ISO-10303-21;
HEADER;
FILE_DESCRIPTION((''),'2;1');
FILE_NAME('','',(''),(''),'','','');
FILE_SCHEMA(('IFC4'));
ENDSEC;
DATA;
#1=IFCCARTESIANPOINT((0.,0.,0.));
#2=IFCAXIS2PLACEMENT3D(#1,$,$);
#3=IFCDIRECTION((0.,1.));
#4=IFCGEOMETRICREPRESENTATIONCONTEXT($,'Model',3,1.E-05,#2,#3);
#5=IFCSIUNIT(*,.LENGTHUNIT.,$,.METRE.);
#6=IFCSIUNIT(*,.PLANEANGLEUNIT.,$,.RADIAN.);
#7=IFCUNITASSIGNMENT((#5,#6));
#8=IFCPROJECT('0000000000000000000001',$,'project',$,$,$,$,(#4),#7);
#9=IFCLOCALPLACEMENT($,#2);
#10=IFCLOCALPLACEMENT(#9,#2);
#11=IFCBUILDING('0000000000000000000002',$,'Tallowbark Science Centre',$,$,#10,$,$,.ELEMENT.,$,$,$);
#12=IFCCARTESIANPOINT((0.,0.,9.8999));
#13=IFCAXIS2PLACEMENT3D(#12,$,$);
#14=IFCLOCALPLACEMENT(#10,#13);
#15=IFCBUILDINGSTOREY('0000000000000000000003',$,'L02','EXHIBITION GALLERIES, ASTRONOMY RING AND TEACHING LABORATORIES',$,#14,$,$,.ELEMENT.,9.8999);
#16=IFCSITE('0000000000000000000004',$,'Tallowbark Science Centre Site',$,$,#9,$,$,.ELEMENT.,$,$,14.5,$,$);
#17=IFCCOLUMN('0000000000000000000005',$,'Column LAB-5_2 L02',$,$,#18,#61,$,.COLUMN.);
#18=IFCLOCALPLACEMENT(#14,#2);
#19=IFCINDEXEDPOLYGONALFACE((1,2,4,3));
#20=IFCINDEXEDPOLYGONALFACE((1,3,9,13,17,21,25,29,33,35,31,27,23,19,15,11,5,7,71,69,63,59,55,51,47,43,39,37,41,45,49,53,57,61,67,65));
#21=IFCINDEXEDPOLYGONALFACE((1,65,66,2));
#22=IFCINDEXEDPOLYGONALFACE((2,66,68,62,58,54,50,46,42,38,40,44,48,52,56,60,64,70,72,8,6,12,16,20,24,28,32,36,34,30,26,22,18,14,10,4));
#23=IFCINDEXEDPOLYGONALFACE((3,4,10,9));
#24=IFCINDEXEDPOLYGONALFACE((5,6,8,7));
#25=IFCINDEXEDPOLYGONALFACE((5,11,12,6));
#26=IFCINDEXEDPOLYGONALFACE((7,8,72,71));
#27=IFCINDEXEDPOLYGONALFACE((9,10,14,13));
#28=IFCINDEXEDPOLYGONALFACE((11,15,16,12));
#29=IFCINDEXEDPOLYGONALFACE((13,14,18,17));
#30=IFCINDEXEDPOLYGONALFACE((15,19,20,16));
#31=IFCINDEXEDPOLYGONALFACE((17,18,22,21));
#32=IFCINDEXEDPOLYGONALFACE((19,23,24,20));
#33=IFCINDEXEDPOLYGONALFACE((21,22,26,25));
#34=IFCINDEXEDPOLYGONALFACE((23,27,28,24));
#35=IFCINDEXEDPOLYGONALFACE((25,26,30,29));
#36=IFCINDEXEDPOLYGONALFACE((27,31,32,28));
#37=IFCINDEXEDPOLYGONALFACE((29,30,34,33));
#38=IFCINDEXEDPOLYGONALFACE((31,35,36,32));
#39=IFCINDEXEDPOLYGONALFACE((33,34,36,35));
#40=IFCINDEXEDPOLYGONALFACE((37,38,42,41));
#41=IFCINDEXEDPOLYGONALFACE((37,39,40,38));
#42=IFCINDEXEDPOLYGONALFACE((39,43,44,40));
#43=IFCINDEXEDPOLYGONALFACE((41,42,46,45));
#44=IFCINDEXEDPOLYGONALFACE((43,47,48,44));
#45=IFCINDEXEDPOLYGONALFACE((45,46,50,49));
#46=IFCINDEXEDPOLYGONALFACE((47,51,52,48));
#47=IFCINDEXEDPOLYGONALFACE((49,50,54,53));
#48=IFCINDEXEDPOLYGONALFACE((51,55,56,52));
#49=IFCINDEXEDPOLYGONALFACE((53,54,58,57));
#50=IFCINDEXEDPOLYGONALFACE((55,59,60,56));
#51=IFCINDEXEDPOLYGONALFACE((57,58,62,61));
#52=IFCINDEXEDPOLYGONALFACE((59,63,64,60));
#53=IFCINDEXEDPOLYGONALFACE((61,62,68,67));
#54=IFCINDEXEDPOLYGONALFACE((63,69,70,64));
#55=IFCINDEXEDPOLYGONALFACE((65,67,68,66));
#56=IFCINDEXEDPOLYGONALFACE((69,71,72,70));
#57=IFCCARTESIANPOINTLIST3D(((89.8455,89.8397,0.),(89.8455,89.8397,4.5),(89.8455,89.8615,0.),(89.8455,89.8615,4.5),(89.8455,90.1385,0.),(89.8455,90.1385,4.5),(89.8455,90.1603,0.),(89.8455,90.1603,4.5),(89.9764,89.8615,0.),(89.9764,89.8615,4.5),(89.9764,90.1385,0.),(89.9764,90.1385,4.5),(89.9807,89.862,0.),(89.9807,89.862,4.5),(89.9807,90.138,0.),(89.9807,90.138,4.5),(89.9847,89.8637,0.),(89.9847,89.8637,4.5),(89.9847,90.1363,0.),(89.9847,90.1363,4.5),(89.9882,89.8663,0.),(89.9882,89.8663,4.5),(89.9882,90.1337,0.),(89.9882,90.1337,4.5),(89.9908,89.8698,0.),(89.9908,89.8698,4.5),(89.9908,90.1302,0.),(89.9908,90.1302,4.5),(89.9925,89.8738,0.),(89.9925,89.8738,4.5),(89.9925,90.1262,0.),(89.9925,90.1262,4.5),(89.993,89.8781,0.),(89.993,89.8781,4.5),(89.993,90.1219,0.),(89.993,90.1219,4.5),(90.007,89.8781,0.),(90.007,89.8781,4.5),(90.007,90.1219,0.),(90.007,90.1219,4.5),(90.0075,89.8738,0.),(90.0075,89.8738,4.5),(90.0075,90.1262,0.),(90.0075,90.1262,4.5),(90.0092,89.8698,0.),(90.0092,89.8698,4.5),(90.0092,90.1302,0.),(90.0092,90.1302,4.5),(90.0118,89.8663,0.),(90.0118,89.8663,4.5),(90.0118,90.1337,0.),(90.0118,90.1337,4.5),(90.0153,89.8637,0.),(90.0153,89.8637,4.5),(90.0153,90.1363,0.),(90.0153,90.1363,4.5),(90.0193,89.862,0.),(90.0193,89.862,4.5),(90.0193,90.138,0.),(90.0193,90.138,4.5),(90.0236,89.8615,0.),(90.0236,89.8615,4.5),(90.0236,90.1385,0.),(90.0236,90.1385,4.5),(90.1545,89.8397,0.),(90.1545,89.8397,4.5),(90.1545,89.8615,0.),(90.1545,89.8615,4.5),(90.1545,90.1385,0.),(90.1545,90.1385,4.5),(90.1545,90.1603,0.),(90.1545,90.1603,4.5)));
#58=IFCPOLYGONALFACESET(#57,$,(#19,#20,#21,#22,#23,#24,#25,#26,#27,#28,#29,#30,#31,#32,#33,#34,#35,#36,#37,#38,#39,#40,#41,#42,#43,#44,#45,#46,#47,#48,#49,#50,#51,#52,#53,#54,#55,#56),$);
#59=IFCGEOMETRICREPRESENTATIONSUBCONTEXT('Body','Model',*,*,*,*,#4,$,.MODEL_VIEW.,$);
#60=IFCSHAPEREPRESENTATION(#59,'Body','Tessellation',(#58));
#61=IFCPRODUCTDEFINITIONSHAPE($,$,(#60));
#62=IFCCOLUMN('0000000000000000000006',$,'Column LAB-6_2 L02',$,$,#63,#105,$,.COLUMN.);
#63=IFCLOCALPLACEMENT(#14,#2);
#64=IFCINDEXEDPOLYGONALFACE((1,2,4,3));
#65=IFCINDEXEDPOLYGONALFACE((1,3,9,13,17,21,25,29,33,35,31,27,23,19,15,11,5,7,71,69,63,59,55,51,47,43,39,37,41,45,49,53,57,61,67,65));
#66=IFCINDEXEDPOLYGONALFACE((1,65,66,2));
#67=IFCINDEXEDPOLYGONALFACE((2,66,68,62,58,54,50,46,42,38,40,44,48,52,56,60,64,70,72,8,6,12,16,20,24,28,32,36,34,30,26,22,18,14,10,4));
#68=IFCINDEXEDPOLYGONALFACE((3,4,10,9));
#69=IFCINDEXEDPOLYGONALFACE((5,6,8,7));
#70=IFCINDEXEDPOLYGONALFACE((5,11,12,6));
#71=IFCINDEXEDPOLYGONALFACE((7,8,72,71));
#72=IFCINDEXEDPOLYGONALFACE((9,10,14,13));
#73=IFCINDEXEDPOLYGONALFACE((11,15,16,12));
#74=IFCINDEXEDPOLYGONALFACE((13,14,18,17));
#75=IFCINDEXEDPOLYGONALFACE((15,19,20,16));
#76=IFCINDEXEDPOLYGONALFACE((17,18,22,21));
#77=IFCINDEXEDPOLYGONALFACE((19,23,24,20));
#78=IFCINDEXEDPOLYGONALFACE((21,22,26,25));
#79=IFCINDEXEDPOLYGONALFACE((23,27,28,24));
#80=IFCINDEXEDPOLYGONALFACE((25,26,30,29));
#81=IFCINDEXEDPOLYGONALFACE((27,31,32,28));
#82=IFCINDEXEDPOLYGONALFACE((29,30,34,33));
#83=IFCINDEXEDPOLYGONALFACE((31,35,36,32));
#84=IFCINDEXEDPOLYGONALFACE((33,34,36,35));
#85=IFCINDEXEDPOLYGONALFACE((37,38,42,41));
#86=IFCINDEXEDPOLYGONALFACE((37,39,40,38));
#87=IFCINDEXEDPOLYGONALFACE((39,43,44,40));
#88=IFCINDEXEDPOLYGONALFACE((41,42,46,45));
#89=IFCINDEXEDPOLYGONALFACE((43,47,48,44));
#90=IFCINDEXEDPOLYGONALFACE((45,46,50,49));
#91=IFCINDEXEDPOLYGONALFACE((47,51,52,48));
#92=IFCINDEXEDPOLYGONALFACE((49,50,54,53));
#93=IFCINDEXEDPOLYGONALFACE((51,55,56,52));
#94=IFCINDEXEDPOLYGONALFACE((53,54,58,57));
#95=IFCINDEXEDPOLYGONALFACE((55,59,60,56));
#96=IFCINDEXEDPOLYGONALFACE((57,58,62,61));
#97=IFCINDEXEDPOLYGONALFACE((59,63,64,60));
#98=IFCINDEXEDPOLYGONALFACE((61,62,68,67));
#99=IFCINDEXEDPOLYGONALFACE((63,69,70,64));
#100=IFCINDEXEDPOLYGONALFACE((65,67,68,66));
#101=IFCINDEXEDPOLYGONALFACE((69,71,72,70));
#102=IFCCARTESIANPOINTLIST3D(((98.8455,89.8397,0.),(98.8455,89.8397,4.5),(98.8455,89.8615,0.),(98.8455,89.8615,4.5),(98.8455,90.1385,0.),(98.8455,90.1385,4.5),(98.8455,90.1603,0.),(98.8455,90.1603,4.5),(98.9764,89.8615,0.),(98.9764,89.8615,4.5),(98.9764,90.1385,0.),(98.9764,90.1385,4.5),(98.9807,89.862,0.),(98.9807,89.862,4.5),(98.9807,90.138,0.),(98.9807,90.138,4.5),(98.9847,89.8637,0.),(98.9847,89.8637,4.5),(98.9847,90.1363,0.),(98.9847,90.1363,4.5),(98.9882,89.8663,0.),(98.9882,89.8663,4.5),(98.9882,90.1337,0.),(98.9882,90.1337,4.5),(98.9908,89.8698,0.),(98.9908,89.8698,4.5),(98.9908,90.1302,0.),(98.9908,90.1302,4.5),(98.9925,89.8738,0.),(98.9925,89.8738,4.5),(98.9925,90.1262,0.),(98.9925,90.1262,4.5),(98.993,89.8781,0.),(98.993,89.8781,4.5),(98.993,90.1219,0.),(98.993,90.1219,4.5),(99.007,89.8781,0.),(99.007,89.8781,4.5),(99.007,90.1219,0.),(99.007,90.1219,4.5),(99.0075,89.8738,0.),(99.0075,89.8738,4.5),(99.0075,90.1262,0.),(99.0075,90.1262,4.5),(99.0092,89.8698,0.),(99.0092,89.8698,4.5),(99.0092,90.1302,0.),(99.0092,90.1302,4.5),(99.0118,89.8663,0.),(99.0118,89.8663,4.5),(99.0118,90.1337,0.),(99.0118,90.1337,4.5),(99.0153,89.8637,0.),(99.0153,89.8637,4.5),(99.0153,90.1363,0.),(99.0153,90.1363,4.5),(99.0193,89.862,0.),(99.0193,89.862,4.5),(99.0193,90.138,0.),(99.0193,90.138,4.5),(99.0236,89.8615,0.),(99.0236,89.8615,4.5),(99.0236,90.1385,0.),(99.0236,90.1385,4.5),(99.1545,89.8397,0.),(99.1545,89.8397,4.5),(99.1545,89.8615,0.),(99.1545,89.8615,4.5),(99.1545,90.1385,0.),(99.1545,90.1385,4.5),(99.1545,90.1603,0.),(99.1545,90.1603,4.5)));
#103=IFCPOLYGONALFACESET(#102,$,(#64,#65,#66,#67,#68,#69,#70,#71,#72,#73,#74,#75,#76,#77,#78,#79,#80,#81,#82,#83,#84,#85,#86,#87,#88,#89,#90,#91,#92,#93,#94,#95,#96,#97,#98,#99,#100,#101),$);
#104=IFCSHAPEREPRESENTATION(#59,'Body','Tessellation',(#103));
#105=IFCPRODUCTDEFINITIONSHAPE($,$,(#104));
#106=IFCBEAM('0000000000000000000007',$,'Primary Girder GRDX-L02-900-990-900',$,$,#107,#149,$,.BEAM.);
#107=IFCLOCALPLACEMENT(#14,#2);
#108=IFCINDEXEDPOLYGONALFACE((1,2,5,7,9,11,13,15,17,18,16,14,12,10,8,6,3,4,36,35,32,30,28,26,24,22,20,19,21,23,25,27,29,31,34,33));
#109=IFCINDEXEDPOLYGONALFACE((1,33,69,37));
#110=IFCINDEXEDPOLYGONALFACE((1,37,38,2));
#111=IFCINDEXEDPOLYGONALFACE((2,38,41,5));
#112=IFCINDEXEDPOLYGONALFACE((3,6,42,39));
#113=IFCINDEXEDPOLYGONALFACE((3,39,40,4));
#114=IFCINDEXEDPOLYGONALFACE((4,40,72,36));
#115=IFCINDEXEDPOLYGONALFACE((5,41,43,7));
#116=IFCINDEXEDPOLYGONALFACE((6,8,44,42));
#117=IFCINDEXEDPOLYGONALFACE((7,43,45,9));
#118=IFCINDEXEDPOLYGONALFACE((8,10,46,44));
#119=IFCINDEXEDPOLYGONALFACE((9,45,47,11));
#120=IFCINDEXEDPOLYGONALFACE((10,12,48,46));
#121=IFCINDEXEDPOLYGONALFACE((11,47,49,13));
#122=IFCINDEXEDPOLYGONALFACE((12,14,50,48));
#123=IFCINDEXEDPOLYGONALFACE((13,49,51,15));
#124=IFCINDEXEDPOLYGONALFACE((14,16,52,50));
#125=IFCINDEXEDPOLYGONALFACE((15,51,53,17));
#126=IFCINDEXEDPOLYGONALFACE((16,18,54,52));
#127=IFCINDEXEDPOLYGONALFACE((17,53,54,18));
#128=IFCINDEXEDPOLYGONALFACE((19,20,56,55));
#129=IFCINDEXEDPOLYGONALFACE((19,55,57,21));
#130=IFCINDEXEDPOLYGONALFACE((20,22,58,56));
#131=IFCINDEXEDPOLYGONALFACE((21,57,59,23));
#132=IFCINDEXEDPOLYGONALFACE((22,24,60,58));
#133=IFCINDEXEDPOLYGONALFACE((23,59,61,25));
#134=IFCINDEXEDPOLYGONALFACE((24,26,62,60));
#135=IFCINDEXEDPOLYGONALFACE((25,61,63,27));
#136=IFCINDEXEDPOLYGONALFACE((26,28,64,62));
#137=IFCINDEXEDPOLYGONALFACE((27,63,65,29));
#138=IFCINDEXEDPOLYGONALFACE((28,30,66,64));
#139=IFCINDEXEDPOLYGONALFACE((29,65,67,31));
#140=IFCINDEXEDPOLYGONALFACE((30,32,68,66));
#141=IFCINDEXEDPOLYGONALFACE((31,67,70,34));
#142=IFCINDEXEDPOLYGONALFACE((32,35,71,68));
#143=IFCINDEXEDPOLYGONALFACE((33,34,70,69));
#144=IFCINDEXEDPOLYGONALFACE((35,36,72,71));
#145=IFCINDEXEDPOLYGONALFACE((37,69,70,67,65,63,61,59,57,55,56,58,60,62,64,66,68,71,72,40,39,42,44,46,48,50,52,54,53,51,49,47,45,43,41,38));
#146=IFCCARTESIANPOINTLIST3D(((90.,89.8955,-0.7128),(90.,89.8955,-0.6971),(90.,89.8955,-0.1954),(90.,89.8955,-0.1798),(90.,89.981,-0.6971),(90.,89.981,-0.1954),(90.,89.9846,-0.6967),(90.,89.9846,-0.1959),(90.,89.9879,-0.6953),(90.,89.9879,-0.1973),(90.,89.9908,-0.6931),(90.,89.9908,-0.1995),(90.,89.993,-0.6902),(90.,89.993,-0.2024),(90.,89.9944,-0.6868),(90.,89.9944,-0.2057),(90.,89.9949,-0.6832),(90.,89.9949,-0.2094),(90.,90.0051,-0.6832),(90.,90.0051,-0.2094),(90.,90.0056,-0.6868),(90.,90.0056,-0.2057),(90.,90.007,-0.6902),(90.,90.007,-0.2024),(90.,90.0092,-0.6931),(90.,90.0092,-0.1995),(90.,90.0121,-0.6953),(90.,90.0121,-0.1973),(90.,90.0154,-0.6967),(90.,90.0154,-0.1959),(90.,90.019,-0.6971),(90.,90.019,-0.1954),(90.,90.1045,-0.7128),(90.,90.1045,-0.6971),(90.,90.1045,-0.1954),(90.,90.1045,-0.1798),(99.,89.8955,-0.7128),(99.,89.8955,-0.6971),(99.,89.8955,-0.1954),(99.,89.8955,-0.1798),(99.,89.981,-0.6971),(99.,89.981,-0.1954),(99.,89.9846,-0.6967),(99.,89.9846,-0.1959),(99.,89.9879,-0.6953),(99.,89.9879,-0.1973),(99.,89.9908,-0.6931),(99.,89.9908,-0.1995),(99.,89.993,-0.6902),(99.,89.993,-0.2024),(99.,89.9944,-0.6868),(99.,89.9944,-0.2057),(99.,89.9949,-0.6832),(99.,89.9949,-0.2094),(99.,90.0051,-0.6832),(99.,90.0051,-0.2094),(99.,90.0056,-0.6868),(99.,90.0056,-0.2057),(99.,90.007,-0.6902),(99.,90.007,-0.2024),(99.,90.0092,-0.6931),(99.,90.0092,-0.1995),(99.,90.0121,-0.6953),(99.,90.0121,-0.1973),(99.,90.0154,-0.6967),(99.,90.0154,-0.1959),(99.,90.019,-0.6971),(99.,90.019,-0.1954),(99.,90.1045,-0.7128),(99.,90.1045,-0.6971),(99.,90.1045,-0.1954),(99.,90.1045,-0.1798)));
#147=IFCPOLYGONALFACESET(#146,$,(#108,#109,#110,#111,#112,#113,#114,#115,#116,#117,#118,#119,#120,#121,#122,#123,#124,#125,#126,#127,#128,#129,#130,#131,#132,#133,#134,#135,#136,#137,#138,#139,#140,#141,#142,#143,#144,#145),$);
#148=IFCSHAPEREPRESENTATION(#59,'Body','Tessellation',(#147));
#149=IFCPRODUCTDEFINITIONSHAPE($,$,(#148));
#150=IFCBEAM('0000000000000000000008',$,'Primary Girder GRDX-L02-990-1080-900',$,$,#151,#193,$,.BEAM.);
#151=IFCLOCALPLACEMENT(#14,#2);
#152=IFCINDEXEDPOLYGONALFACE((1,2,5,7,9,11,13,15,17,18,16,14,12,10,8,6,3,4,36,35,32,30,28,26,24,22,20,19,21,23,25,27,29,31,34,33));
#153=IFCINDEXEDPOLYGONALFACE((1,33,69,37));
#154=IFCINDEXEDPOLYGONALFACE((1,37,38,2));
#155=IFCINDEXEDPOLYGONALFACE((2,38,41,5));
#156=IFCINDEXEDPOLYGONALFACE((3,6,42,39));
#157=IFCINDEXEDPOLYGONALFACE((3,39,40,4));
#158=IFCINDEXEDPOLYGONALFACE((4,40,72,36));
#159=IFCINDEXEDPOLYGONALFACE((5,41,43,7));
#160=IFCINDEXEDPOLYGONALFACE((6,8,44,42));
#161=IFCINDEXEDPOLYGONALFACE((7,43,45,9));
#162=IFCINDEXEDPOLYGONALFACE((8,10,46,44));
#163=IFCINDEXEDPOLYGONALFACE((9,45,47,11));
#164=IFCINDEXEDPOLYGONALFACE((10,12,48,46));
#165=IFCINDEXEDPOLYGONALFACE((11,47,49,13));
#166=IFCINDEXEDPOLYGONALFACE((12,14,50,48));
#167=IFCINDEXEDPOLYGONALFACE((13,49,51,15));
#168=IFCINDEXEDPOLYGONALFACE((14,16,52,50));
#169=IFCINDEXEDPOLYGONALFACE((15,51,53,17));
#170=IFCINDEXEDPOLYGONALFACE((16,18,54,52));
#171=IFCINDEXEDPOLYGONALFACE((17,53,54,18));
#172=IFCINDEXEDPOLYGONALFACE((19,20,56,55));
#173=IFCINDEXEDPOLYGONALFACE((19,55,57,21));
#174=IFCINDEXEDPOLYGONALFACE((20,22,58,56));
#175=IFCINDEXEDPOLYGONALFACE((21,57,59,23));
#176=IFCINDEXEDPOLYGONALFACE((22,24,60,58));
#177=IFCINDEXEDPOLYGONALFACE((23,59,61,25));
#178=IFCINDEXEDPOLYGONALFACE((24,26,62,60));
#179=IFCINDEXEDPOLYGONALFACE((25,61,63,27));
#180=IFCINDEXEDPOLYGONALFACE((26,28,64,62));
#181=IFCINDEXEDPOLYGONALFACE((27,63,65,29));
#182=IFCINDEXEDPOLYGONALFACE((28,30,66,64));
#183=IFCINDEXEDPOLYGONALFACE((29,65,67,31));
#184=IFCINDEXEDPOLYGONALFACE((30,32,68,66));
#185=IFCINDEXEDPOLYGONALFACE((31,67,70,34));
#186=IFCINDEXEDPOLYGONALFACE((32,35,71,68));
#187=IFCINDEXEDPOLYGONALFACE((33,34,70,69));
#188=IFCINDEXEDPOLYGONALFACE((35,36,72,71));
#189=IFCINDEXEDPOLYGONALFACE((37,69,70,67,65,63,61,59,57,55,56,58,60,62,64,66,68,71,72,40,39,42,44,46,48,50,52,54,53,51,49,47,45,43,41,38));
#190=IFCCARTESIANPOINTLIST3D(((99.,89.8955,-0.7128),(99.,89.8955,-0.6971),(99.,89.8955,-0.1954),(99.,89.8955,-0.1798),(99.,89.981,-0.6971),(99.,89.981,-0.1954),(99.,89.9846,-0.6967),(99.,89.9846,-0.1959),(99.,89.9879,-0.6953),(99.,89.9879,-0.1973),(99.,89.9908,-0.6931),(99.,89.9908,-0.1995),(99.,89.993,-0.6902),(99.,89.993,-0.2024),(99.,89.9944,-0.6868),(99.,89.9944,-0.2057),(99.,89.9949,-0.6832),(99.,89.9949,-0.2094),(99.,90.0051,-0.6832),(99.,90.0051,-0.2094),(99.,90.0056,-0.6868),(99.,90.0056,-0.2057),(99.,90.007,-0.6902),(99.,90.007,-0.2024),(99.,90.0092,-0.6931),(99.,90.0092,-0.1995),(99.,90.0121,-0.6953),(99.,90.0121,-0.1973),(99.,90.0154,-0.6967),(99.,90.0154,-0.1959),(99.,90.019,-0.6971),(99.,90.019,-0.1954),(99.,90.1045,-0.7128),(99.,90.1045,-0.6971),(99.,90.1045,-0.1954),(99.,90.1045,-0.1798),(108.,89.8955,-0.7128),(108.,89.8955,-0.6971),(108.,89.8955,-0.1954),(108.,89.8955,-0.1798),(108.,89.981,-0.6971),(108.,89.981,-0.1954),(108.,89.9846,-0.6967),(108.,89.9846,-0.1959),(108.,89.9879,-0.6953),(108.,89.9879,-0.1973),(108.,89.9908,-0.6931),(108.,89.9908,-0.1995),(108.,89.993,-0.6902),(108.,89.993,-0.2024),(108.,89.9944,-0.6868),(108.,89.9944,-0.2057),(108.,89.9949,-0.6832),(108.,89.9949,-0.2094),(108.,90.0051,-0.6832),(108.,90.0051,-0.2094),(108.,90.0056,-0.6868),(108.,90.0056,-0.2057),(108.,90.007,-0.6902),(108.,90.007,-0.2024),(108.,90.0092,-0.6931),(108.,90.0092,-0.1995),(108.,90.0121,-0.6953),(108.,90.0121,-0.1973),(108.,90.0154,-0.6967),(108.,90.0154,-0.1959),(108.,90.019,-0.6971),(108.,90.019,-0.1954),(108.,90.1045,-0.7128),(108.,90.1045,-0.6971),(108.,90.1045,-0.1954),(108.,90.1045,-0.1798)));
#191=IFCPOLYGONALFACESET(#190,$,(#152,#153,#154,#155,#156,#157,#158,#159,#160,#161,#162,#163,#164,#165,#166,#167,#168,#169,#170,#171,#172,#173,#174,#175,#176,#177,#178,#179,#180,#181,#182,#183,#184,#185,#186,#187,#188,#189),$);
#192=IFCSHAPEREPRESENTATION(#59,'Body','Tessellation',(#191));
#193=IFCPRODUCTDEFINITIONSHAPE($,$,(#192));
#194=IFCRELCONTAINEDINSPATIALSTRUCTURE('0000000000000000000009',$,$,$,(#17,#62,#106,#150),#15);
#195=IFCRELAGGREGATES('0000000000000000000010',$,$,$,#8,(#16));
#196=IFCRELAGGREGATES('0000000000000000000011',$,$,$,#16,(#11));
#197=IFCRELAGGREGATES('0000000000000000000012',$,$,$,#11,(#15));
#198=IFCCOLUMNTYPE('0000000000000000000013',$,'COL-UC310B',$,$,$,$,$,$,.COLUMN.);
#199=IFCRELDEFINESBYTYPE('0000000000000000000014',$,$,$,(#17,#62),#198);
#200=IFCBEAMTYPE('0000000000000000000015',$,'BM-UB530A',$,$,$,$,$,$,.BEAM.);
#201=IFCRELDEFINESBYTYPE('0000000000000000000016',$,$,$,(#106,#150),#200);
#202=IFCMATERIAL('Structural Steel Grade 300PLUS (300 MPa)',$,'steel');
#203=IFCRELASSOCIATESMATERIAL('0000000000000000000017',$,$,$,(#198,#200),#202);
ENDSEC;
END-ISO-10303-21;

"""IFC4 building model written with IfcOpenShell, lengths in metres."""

from ifc_helpers import new_model, si_unit, direction, frame, origin, origin_2d, place, context, subcontext, project, spatial, i_section, extrude, material, material_profile, profile_set, type_object, element, save


model = new_model("IFC4")

# Units and contexts
model_context = context("Model", 3, precision=1e-05, world=origin(), true_north=direction((0.0, 1.0)))
body_context = subcontext(model_context, "Body", "Model", "MODEL_VIEW")
ifc_project = project(units=[si_unit("LENGTHUNIT", "METRE"), si_unit("PLANEANGLEUNIT", "RADIAN")], contexts=[model_context])

# Site, building, storey
site_placement = place(None, origin())
site = spatial("IfcSite", under=ifc_project, at=site_placement, Name="Tallowbark Science Centre Site", CompositionType="ELEMENT", RefElevation=14.5)
building_placement = place(site_placement, origin())
building = spatial("IfcBuilding", under=site, at=building_placement, Name="Tallowbark Science Centre", CompositionType="ELEMENT")
storey_placement = place(building_placement, frame((0.0, 0.0, 9.8999)))
storey = spatial("IfcBuildingStorey", under=building, at=storey_placement, Name="L02", Description="EXHIBITION GALLERIES, ASTRONOMY RING AND TEACHING LABORATORIES", CompositionType="ELEMENT", Elevation=9.8999)

# Columns
ifc_material_1 = material(Name="Structural Steel Grade 300PLUS (300 MPa)", Category="steel")
ifc_material_profile_1 = material_profile(ifc_material_1, i_section(OverallWidth=0.3091, OverallDepth=0.3206, WebThickness=0.0139, FlangeThickness=0.0217, FilletRadius=0.0166, at=origin_2d()), Name="310UC137")
ifc_profile_set_1 = profile_set([ifc_material_profile_1], Name="Structural Steel Grade 300PLUS (300 MPa)")
column_type = type_object("IfcColumnType", Name="COL-UC310B", PredefinedType="COLUMN", material=ifc_profile_set_1)
for number, where, z_axis, x_axis, name in (
    (1, (90.0, 90.0, 0.0), (0.0, 0.0, 1.0), (1.0, 0.0, 0.0), "Column LAB-5_2 L02"),
    (2, (99.0, 90.0, 0.0), (0.0, 0.0, 1.0), (1.0, 0.0, 0.0), "Column LAB-6_2 L02"),
):
    element("IfcColumn", number, at=place(storey_placement, frame(where, z_axis=z_axis, x_axis=x_axis)), inside=storey, type_object=column_type, Name=name, PredefinedType="COLUMN", context=body_context, shape_type="SweptSolid", body=[
        extrude(i_section(OverallWidth=0.3091, OverallDepth=0.3206, WebThickness=0.0139, FlangeThickness=0.0217, FilletRadius=0.0166, at=origin_2d()), origin(), (0.0, 0.0, 1.0), 4.5),
    ])

# Beams
ifc_material_profile_2 = material_profile(ifc_material_1, i_section(OverallWidth=0.209, OverallDepth=0.533, WebThickness=0.0103, FlangeThickness=0.0156, FilletRadius=0.0139, at=origin_2d()), Name="530UB92.4")
ifc_profile_set_2 = profile_set([ifc_material_profile_2], Name="Structural Steel Grade 300PLUS (300 MPa)")
beam_type_1 = type_object("IfcBeamType", Name="BM-UB530A", PredefinedType="BEAM", material=ifc_profile_set_2)
for number, where, z_axis, x_axis, name in (
    (3, (90.0, 90.0, -0.4463), (1.0, 0.0, 0.0), (0.0, 1.0, 0.0), "Primary Girder GRDX-L02-900-990-900"),
    (4, (99.0, 90.0, -0.4463), (1.0, 0.0, 0.0), (0.0, 1.0, 0.0), "Primary Girder GRDX-L02-990-1080-900"),
):
    element("IfcBeam", number, at=place(storey_placement, frame(where, z_axis=z_axis, x_axis=x_axis)), inside=storey, type_object=beam_type_1, Name=name, PredefinedType="BEAM", context=body_context, shape_type="SweptSolid", body=[
        extrude(i_section(OverallWidth=0.209, OverallDepth=0.533, WebThickness=0.0103, FlangeThickness=0.0156, FilletRadius=0.0139, at=origin_2d()), origin(), (0.0, 0.0, 1.0), 9.0),
    ])

save(model, "model.ifc")
